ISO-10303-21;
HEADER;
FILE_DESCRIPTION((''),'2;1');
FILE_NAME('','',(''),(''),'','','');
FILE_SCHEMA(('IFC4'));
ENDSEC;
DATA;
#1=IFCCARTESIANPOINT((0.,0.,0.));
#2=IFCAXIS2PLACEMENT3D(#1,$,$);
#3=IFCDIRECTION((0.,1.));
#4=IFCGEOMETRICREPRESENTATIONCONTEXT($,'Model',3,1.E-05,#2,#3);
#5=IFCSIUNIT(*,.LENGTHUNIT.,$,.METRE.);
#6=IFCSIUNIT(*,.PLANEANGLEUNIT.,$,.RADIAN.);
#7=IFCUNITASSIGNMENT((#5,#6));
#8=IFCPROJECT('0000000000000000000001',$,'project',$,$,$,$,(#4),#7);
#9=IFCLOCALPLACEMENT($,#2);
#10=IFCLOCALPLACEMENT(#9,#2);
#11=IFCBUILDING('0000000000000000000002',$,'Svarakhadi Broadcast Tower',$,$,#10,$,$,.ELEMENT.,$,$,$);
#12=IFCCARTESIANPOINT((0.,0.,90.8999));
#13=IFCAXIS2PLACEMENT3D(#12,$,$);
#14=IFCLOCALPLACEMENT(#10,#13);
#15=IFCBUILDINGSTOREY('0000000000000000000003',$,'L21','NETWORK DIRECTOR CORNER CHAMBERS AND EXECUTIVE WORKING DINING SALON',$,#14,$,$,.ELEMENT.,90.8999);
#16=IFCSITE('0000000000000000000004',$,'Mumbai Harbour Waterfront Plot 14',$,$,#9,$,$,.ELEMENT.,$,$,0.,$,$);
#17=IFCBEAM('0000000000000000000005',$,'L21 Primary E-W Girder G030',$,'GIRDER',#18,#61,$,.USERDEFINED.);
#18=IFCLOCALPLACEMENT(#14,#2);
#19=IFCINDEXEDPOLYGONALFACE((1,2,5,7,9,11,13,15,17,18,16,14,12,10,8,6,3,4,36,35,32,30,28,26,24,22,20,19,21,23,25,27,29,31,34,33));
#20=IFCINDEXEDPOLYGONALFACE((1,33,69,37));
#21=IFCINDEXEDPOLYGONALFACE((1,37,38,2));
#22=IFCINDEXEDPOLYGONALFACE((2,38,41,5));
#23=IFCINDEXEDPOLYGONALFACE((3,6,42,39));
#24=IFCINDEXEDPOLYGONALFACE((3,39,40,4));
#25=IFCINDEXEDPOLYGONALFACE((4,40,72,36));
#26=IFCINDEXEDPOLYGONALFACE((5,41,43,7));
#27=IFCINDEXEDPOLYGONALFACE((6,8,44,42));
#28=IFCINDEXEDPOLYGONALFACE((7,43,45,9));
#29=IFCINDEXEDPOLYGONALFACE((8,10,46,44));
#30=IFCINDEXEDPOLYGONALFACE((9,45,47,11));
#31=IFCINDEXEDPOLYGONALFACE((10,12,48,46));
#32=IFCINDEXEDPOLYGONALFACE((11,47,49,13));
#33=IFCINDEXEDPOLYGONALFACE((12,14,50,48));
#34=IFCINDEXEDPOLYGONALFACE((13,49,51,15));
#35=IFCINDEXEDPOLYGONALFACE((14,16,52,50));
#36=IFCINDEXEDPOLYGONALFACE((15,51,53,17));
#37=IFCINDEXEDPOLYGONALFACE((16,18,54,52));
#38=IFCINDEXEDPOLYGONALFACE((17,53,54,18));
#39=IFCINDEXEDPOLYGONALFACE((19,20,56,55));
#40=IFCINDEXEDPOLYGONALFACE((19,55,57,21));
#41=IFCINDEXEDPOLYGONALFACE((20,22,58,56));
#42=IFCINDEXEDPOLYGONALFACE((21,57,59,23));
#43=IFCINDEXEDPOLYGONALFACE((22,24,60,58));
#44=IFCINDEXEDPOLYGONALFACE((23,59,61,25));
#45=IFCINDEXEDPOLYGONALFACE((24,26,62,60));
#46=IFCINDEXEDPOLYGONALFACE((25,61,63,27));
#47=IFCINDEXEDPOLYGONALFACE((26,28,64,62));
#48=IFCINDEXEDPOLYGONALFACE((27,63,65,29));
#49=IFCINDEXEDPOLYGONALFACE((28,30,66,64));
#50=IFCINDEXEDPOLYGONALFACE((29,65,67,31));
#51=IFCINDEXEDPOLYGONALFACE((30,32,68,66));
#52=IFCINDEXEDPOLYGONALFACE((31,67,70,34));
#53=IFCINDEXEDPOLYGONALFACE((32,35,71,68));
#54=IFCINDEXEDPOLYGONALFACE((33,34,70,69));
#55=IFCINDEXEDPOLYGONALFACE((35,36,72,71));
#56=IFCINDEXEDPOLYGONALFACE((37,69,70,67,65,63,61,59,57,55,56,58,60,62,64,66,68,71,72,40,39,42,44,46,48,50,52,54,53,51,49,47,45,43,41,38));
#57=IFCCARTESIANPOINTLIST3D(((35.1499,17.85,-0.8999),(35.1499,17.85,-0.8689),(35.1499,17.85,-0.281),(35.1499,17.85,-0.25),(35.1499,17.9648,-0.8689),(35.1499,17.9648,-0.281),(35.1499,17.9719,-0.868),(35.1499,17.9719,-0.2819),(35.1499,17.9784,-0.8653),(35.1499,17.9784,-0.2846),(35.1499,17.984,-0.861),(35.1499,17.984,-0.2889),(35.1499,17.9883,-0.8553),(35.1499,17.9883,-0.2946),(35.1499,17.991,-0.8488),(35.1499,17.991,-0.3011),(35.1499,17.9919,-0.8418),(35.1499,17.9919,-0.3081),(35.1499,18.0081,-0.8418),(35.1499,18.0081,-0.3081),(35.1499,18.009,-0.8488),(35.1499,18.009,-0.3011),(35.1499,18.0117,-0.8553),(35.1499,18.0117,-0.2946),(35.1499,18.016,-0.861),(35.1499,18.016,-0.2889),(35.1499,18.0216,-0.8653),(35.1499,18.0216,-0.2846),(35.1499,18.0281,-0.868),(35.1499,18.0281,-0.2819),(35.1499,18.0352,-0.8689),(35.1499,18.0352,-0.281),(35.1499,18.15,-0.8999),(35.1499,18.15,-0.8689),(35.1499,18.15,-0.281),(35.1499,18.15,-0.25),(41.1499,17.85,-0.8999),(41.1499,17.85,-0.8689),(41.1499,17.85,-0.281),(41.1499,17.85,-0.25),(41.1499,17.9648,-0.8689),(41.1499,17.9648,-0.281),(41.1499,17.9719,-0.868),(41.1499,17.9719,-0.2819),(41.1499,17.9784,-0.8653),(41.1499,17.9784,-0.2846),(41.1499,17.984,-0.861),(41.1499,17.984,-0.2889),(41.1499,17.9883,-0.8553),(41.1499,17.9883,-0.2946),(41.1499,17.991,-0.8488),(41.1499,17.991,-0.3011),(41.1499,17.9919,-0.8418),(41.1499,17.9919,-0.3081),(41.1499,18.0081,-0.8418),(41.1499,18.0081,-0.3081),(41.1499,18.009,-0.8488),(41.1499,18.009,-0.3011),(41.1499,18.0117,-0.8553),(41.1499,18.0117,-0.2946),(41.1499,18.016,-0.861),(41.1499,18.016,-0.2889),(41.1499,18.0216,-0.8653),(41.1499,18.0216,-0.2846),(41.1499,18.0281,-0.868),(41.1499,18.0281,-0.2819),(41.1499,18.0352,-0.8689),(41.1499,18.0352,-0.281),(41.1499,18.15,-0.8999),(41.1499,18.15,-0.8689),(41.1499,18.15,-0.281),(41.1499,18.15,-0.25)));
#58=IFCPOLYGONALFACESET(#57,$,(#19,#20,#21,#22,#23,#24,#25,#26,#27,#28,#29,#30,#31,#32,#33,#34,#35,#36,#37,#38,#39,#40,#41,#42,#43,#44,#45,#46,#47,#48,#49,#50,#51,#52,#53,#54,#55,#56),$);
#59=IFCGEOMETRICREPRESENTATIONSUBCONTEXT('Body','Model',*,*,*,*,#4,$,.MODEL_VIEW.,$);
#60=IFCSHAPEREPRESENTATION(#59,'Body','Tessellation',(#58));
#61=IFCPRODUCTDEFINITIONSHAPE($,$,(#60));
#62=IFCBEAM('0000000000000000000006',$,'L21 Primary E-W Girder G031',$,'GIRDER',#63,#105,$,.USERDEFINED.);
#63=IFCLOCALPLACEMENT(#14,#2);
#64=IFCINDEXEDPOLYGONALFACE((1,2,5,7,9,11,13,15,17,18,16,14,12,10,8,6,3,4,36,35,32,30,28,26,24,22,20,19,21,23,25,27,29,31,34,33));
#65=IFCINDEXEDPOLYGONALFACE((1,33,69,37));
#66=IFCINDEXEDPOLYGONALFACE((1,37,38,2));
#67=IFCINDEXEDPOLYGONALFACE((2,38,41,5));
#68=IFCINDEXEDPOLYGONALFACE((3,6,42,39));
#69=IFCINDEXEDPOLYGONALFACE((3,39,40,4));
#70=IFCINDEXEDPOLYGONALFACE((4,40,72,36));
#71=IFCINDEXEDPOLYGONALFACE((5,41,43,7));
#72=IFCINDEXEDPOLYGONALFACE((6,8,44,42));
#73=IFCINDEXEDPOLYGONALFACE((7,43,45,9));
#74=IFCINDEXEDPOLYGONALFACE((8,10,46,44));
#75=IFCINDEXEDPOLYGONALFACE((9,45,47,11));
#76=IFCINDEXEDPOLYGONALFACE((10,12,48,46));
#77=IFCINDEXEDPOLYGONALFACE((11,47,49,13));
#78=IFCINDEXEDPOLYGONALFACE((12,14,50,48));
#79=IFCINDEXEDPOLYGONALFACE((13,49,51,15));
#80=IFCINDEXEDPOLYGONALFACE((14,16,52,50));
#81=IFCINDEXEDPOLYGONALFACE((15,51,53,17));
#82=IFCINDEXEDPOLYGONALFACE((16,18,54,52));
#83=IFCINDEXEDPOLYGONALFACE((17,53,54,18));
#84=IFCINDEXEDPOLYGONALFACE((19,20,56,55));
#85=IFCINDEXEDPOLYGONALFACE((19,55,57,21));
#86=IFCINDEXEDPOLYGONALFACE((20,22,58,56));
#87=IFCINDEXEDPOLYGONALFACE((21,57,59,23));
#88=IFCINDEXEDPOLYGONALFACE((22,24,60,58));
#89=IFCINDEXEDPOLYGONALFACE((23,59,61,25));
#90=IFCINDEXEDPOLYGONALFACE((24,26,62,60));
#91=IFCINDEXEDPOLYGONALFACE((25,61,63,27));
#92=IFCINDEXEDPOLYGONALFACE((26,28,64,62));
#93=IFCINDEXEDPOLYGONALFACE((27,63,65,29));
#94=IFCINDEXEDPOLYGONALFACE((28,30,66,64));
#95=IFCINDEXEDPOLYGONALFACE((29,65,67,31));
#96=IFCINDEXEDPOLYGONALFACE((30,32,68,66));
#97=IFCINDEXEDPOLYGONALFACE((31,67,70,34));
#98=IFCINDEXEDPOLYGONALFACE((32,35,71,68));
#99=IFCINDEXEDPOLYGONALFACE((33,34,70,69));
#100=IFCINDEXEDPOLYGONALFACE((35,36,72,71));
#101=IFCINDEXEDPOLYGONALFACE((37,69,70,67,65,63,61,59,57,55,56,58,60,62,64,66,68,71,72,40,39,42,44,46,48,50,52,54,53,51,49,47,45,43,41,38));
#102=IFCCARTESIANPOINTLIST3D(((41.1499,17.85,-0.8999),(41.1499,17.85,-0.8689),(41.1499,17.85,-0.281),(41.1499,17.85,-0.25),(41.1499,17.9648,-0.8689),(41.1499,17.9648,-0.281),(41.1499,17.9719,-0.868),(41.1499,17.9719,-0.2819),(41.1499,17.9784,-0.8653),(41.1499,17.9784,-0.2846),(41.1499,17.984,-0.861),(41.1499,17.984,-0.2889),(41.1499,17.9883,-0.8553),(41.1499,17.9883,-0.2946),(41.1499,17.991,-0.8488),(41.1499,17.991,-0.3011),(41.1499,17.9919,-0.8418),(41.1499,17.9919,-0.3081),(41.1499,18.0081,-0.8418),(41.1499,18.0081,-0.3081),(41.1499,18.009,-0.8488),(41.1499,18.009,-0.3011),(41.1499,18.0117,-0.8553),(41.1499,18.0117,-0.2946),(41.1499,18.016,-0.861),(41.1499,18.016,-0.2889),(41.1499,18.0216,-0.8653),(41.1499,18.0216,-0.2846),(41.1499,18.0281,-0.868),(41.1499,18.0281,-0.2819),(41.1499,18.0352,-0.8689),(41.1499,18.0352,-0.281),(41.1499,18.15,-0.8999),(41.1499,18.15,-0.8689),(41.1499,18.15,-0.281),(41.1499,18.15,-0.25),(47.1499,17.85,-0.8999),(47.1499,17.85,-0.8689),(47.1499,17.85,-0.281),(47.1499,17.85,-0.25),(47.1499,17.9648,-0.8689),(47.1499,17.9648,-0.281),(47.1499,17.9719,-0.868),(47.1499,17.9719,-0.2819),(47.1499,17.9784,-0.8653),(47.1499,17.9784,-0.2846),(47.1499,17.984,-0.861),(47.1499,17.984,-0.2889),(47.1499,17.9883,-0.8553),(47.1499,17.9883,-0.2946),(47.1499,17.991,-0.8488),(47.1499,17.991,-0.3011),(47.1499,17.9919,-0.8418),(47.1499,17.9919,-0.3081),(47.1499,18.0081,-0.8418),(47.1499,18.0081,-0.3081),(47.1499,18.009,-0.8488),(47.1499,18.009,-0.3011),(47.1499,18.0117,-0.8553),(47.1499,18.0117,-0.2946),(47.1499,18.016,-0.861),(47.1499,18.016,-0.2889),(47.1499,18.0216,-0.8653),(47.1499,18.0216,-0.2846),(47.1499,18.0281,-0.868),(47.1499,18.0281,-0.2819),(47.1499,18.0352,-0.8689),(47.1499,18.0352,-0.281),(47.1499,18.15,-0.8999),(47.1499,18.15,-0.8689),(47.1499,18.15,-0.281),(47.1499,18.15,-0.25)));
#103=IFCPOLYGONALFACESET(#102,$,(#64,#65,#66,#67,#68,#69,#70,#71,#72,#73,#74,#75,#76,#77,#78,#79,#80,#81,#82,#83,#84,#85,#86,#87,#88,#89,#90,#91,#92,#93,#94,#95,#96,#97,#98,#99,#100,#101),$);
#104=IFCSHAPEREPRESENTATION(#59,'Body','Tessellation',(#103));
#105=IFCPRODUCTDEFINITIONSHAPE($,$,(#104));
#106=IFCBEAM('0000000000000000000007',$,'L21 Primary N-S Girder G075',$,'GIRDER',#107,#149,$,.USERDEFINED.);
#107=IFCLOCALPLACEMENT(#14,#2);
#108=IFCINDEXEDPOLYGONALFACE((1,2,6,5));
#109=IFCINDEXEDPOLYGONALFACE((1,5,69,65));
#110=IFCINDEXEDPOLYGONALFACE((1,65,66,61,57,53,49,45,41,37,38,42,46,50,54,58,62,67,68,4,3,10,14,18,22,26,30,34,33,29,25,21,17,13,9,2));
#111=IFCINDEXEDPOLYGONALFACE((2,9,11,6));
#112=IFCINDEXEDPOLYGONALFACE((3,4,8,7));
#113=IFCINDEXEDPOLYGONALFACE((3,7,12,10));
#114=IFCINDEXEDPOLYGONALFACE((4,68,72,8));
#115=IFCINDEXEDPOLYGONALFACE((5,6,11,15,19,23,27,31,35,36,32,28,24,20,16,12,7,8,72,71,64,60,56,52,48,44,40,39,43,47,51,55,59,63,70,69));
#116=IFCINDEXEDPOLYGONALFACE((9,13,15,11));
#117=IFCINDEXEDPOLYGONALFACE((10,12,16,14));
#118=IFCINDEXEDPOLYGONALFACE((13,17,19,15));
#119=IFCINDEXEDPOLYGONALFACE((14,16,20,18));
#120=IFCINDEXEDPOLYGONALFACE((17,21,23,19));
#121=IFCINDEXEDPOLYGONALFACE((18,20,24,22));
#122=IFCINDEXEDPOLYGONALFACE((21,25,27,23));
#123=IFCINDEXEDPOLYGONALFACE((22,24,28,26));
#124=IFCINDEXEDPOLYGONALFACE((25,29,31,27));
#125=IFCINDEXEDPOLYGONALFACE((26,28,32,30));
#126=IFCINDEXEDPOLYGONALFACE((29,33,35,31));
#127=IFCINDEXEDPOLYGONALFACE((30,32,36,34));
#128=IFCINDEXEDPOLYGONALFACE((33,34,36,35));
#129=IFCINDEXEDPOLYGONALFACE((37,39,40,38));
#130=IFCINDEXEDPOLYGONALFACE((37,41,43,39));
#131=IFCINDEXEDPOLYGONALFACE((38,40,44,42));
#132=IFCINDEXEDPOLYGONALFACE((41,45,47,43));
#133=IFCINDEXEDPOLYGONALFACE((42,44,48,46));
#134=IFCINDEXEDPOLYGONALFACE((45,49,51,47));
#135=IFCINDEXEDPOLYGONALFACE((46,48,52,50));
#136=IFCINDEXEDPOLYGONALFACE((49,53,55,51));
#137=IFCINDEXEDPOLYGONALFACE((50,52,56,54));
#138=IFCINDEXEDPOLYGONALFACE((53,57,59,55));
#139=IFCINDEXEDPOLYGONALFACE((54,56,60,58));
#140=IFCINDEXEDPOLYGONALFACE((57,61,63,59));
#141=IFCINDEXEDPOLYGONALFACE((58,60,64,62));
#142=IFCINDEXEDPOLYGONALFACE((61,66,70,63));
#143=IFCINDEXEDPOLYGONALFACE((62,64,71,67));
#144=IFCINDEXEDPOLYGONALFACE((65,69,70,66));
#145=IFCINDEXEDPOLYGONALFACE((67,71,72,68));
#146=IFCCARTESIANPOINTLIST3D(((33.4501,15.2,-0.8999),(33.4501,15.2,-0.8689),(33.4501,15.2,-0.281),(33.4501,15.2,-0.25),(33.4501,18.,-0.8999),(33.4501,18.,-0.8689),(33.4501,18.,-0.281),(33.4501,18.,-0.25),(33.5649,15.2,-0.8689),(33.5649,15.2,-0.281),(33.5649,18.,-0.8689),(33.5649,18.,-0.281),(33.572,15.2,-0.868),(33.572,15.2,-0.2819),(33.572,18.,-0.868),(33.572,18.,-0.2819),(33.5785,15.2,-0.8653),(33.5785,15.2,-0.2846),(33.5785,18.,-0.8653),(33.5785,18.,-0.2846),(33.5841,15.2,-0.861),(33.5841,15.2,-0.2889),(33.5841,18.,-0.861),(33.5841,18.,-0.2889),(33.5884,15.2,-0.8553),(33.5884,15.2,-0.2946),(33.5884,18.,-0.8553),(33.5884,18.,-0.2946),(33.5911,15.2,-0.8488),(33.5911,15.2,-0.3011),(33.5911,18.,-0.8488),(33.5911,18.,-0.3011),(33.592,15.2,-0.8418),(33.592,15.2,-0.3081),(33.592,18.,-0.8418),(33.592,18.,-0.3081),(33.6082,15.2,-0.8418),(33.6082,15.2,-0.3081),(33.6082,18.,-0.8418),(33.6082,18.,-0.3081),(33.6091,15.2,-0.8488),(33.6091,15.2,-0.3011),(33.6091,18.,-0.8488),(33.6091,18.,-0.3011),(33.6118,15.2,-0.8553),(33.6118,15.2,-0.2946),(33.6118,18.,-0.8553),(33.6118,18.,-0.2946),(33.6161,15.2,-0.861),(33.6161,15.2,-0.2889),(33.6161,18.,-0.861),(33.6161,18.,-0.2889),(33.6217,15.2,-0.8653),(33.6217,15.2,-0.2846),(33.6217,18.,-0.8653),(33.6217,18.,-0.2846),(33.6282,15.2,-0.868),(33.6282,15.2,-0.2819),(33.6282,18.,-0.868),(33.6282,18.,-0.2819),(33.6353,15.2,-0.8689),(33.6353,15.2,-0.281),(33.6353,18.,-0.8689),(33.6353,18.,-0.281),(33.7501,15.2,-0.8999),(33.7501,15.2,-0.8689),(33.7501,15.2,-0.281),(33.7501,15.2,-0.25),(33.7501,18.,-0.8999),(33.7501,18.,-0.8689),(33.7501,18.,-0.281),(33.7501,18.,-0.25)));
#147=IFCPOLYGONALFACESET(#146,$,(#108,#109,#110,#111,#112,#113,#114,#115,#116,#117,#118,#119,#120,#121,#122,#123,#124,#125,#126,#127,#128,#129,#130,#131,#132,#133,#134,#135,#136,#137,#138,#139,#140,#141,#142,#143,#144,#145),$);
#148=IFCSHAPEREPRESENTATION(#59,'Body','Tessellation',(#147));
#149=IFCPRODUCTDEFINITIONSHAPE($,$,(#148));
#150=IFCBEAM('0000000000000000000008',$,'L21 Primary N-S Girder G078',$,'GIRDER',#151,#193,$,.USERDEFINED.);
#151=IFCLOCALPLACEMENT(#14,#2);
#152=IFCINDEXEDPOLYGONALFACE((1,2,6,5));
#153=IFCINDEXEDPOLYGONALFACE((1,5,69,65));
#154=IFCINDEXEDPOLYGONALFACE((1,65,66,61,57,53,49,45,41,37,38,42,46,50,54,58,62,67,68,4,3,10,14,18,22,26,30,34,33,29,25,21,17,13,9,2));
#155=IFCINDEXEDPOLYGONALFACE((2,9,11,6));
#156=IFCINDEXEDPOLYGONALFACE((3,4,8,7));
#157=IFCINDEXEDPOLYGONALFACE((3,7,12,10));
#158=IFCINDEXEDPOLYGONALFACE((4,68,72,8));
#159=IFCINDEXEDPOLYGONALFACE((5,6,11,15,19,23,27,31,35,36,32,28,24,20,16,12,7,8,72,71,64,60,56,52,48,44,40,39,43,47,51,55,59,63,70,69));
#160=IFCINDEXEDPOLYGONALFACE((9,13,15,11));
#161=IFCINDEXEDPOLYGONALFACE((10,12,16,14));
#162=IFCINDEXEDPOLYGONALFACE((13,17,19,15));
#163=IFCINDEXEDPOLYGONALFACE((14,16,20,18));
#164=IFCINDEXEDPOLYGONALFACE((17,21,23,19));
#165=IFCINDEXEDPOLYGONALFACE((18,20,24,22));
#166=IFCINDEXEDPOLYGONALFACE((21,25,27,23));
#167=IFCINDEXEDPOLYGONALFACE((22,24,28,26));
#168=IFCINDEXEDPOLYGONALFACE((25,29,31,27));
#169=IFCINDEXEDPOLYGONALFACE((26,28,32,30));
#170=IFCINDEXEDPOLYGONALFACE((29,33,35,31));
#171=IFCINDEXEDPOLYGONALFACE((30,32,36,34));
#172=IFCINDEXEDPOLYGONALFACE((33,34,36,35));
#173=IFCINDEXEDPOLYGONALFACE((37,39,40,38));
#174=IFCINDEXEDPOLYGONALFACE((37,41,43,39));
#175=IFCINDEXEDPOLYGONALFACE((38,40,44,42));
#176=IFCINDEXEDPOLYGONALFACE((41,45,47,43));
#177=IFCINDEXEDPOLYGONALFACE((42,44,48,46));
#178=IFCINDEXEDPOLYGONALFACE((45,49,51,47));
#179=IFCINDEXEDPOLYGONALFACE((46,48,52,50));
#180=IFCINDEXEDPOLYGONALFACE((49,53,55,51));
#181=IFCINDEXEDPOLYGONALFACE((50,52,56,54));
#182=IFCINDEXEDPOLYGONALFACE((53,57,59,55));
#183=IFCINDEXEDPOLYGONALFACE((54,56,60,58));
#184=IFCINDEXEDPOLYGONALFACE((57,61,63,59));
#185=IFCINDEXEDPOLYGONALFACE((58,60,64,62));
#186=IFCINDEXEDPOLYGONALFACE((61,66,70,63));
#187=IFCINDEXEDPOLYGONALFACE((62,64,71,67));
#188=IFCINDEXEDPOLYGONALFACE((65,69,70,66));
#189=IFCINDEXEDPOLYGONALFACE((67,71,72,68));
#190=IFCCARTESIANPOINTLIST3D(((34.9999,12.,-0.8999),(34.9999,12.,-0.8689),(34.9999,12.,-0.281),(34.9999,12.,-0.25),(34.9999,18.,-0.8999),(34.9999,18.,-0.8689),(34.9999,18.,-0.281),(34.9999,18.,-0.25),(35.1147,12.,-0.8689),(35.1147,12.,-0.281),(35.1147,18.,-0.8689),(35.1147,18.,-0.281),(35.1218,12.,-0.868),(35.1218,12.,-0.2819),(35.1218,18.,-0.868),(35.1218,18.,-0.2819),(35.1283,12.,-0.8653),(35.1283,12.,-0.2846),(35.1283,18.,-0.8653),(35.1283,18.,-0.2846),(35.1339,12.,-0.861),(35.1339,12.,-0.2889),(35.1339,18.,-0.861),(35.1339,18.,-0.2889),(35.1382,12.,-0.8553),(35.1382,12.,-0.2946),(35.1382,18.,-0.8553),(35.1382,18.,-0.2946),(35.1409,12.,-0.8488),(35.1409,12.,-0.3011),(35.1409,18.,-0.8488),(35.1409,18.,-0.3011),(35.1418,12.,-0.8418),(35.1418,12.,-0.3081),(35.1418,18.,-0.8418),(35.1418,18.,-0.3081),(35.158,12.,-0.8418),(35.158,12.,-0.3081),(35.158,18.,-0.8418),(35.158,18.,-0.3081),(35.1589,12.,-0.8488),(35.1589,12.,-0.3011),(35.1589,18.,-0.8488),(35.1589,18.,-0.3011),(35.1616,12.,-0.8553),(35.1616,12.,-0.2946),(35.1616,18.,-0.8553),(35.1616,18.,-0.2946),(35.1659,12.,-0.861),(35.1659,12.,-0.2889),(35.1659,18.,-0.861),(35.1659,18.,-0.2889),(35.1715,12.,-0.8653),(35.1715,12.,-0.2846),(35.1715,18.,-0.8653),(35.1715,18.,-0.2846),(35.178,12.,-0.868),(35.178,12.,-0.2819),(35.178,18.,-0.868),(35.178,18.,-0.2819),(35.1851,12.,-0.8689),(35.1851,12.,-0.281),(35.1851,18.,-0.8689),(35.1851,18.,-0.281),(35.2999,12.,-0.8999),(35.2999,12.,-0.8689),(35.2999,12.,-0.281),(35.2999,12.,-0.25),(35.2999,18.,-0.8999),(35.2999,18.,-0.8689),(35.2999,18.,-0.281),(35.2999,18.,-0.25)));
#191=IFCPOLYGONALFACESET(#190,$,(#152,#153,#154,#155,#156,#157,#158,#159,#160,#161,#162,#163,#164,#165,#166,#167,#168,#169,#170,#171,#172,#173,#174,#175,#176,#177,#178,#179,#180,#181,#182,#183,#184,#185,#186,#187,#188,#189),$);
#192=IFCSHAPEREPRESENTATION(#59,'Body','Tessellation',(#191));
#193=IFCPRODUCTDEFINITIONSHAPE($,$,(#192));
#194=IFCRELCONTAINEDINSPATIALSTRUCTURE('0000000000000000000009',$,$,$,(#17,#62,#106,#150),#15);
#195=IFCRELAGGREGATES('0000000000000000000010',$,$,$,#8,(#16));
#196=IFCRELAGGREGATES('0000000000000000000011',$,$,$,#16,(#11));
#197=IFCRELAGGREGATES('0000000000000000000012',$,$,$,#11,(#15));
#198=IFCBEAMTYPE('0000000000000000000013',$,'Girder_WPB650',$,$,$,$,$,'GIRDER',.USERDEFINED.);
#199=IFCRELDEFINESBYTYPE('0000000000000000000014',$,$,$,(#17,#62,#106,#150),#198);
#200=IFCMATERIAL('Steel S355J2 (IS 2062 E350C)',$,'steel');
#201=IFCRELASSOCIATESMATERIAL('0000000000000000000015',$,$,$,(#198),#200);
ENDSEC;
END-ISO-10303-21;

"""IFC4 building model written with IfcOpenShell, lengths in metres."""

from ifc_helpers import new_model, si_unit, direction, frame, origin, origin_2d, place, context, subcontext, project, spatial, i_section, extrude, material, material_profile, profile_set, type_object, element, save


model = new_model("IFC4")

# Units and contexts
model_context = context("Model", 3, precision=1e-05, world=origin(), true_north=direction((0.0, 1.0)))
body_context = subcontext(model_context, "Body", "Model", "MODEL_VIEW")
ifc_project = project(units=[si_unit("LENGTHUNIT", "METRE"), si_unit("PLANEANGLEUNIT", "RADIAN")], contexts=[model_context])

# Site, building, storey
site_placement = place(None, origin())
site = spatial("IfcSite", under=ifc_project, at=site_placement, Name="Mumbai Harbour Waterfront Plot 14", CompositionType="ELEMENT", RefElevation=0.0)
building_placement = place(site_placement, origin())
building = spatial("IfcBuilding", under=site, at=building_placement, Name="Svarakhadi Broadcast Tower", CompositionType="ELEMENT")
storey_placement = place(building_placement, frame((0.0, 0.0, 90.8999)))
storey = spatial("IfcBuildingStorey", under=building, at=storey_placement, Name="L21", Description="NETWORK DIRECTOR CORNER CHAMBERS AND EXECUTIVE WORKING DINING SALON", CompositionType="ELEMENT", Elevation=90.8999)

# Shared definitions
ifc_material_1 = material(Name="Steel S355J2 (IS 2062 E350C)", Category="steel")

# Beams
ifc_material_profile_1 = material_profile(ifc_material_1, i_section(OverallWidth=0.3, OverallDepth=0.6499, WebThickness=0.0161, FlangeThickness=0.031, FilletRadius=0.0271, at=origin_2d()), Name="WPB 650x300x225")
ifc_profile_set_1 = profile_set([ifc_material_profile_1], Name="Steel S355J2 (IS 2062 E350C)")
beam_type_1 = type_object("IfcBeamType", Name="Girder_WPB650", ElementType="GIRDER", PredefinedType="USERDEFINED", material=ifc_profile_set_1)
for number, where, z_axis, x_axis, name in (
    (1, (35.1499, 18.0, -0.575), (1.0, 0.0, 0.0), (0.0, 1.0, 0.0), "L21 Primary E-W Girder G030"),
    (2, (41.1499, 18.0, -0.575), (1.0, 0.0, 0.0), (0.0, 1.0, 0.0), "L21 Primary E-W Girder G031"),
):
    element("IfcBeam", number, at=place(storey_placement, frame(where, z_axis=z_axis, x_axis=x_axis)), inside=storey, type_object=beam_type_1, Name=name, ObjectType="GIRDER", PredefinedType="USERDEFINED", context=body_context, shape_type="SweptSolid", body=[
        extrude(i_section(OverallWidth=0.3, OverallDepth=0.6499, WebThickness=0.0161, FlangeThickness=0.031, FilletRadius=0.0271, at=origin_2d()), origin(), (0.0, 0.0, 1.0), 6.0),
    ])
beam_placement = place(storey_placement, frame((33.6001, 15.2, -0.575), z_axis=(0.0, 1.0, 0.0), x_axis=(-1.0, 0.0, 0.0)))
element("IfcBeam", 3, at=beam_placement, inside=storey, type_object=beam_type_1, Name="L21 Primary N-S Girder G075", ObjectType="GIRDER", PredefinedType="USERDEFINED", context=body_context, shape_type="SweptSolid", body=[
    extrude(i_section(OverallWidth=0.3, OverallDepth=0.6499, WebThickness=0.0161, FlangeThickness=0.031, FilletRadius=0.0271, at=origin_2d()), origin(), (0.0, 0.0, 1.0), 2.8),
])
for number, where, z_axis, x_axis, name in (
    (4, (35.1499, 12.0, -0.575), (0.0, 1.0, 0.0), (-1.0, 0.0, 0.0), "L21 Primary N-S Girder G078"),
):
    element("IfcBeam", number, at=place(storey_placement, frame(where, z_axis=z_axis, x_axis=x_axis)), inside=storey, type_object=beam_type_1, Name=name, ObjectType="GIRDER", PredefinedType="USERDEFINED", context=body_context, shape_type="SweptSolid", body=[
        extrude(i_section(OverallWidth=0.3, OverallDepth=0.6499, WebThickness=0.0161, FlangeThickness=0.031, FilletRadius=0.0271, at=origin_2d()), origin(), (0.0, 0.0, 1.0), 6.0),
    ])

save(model, "model.ifc")
